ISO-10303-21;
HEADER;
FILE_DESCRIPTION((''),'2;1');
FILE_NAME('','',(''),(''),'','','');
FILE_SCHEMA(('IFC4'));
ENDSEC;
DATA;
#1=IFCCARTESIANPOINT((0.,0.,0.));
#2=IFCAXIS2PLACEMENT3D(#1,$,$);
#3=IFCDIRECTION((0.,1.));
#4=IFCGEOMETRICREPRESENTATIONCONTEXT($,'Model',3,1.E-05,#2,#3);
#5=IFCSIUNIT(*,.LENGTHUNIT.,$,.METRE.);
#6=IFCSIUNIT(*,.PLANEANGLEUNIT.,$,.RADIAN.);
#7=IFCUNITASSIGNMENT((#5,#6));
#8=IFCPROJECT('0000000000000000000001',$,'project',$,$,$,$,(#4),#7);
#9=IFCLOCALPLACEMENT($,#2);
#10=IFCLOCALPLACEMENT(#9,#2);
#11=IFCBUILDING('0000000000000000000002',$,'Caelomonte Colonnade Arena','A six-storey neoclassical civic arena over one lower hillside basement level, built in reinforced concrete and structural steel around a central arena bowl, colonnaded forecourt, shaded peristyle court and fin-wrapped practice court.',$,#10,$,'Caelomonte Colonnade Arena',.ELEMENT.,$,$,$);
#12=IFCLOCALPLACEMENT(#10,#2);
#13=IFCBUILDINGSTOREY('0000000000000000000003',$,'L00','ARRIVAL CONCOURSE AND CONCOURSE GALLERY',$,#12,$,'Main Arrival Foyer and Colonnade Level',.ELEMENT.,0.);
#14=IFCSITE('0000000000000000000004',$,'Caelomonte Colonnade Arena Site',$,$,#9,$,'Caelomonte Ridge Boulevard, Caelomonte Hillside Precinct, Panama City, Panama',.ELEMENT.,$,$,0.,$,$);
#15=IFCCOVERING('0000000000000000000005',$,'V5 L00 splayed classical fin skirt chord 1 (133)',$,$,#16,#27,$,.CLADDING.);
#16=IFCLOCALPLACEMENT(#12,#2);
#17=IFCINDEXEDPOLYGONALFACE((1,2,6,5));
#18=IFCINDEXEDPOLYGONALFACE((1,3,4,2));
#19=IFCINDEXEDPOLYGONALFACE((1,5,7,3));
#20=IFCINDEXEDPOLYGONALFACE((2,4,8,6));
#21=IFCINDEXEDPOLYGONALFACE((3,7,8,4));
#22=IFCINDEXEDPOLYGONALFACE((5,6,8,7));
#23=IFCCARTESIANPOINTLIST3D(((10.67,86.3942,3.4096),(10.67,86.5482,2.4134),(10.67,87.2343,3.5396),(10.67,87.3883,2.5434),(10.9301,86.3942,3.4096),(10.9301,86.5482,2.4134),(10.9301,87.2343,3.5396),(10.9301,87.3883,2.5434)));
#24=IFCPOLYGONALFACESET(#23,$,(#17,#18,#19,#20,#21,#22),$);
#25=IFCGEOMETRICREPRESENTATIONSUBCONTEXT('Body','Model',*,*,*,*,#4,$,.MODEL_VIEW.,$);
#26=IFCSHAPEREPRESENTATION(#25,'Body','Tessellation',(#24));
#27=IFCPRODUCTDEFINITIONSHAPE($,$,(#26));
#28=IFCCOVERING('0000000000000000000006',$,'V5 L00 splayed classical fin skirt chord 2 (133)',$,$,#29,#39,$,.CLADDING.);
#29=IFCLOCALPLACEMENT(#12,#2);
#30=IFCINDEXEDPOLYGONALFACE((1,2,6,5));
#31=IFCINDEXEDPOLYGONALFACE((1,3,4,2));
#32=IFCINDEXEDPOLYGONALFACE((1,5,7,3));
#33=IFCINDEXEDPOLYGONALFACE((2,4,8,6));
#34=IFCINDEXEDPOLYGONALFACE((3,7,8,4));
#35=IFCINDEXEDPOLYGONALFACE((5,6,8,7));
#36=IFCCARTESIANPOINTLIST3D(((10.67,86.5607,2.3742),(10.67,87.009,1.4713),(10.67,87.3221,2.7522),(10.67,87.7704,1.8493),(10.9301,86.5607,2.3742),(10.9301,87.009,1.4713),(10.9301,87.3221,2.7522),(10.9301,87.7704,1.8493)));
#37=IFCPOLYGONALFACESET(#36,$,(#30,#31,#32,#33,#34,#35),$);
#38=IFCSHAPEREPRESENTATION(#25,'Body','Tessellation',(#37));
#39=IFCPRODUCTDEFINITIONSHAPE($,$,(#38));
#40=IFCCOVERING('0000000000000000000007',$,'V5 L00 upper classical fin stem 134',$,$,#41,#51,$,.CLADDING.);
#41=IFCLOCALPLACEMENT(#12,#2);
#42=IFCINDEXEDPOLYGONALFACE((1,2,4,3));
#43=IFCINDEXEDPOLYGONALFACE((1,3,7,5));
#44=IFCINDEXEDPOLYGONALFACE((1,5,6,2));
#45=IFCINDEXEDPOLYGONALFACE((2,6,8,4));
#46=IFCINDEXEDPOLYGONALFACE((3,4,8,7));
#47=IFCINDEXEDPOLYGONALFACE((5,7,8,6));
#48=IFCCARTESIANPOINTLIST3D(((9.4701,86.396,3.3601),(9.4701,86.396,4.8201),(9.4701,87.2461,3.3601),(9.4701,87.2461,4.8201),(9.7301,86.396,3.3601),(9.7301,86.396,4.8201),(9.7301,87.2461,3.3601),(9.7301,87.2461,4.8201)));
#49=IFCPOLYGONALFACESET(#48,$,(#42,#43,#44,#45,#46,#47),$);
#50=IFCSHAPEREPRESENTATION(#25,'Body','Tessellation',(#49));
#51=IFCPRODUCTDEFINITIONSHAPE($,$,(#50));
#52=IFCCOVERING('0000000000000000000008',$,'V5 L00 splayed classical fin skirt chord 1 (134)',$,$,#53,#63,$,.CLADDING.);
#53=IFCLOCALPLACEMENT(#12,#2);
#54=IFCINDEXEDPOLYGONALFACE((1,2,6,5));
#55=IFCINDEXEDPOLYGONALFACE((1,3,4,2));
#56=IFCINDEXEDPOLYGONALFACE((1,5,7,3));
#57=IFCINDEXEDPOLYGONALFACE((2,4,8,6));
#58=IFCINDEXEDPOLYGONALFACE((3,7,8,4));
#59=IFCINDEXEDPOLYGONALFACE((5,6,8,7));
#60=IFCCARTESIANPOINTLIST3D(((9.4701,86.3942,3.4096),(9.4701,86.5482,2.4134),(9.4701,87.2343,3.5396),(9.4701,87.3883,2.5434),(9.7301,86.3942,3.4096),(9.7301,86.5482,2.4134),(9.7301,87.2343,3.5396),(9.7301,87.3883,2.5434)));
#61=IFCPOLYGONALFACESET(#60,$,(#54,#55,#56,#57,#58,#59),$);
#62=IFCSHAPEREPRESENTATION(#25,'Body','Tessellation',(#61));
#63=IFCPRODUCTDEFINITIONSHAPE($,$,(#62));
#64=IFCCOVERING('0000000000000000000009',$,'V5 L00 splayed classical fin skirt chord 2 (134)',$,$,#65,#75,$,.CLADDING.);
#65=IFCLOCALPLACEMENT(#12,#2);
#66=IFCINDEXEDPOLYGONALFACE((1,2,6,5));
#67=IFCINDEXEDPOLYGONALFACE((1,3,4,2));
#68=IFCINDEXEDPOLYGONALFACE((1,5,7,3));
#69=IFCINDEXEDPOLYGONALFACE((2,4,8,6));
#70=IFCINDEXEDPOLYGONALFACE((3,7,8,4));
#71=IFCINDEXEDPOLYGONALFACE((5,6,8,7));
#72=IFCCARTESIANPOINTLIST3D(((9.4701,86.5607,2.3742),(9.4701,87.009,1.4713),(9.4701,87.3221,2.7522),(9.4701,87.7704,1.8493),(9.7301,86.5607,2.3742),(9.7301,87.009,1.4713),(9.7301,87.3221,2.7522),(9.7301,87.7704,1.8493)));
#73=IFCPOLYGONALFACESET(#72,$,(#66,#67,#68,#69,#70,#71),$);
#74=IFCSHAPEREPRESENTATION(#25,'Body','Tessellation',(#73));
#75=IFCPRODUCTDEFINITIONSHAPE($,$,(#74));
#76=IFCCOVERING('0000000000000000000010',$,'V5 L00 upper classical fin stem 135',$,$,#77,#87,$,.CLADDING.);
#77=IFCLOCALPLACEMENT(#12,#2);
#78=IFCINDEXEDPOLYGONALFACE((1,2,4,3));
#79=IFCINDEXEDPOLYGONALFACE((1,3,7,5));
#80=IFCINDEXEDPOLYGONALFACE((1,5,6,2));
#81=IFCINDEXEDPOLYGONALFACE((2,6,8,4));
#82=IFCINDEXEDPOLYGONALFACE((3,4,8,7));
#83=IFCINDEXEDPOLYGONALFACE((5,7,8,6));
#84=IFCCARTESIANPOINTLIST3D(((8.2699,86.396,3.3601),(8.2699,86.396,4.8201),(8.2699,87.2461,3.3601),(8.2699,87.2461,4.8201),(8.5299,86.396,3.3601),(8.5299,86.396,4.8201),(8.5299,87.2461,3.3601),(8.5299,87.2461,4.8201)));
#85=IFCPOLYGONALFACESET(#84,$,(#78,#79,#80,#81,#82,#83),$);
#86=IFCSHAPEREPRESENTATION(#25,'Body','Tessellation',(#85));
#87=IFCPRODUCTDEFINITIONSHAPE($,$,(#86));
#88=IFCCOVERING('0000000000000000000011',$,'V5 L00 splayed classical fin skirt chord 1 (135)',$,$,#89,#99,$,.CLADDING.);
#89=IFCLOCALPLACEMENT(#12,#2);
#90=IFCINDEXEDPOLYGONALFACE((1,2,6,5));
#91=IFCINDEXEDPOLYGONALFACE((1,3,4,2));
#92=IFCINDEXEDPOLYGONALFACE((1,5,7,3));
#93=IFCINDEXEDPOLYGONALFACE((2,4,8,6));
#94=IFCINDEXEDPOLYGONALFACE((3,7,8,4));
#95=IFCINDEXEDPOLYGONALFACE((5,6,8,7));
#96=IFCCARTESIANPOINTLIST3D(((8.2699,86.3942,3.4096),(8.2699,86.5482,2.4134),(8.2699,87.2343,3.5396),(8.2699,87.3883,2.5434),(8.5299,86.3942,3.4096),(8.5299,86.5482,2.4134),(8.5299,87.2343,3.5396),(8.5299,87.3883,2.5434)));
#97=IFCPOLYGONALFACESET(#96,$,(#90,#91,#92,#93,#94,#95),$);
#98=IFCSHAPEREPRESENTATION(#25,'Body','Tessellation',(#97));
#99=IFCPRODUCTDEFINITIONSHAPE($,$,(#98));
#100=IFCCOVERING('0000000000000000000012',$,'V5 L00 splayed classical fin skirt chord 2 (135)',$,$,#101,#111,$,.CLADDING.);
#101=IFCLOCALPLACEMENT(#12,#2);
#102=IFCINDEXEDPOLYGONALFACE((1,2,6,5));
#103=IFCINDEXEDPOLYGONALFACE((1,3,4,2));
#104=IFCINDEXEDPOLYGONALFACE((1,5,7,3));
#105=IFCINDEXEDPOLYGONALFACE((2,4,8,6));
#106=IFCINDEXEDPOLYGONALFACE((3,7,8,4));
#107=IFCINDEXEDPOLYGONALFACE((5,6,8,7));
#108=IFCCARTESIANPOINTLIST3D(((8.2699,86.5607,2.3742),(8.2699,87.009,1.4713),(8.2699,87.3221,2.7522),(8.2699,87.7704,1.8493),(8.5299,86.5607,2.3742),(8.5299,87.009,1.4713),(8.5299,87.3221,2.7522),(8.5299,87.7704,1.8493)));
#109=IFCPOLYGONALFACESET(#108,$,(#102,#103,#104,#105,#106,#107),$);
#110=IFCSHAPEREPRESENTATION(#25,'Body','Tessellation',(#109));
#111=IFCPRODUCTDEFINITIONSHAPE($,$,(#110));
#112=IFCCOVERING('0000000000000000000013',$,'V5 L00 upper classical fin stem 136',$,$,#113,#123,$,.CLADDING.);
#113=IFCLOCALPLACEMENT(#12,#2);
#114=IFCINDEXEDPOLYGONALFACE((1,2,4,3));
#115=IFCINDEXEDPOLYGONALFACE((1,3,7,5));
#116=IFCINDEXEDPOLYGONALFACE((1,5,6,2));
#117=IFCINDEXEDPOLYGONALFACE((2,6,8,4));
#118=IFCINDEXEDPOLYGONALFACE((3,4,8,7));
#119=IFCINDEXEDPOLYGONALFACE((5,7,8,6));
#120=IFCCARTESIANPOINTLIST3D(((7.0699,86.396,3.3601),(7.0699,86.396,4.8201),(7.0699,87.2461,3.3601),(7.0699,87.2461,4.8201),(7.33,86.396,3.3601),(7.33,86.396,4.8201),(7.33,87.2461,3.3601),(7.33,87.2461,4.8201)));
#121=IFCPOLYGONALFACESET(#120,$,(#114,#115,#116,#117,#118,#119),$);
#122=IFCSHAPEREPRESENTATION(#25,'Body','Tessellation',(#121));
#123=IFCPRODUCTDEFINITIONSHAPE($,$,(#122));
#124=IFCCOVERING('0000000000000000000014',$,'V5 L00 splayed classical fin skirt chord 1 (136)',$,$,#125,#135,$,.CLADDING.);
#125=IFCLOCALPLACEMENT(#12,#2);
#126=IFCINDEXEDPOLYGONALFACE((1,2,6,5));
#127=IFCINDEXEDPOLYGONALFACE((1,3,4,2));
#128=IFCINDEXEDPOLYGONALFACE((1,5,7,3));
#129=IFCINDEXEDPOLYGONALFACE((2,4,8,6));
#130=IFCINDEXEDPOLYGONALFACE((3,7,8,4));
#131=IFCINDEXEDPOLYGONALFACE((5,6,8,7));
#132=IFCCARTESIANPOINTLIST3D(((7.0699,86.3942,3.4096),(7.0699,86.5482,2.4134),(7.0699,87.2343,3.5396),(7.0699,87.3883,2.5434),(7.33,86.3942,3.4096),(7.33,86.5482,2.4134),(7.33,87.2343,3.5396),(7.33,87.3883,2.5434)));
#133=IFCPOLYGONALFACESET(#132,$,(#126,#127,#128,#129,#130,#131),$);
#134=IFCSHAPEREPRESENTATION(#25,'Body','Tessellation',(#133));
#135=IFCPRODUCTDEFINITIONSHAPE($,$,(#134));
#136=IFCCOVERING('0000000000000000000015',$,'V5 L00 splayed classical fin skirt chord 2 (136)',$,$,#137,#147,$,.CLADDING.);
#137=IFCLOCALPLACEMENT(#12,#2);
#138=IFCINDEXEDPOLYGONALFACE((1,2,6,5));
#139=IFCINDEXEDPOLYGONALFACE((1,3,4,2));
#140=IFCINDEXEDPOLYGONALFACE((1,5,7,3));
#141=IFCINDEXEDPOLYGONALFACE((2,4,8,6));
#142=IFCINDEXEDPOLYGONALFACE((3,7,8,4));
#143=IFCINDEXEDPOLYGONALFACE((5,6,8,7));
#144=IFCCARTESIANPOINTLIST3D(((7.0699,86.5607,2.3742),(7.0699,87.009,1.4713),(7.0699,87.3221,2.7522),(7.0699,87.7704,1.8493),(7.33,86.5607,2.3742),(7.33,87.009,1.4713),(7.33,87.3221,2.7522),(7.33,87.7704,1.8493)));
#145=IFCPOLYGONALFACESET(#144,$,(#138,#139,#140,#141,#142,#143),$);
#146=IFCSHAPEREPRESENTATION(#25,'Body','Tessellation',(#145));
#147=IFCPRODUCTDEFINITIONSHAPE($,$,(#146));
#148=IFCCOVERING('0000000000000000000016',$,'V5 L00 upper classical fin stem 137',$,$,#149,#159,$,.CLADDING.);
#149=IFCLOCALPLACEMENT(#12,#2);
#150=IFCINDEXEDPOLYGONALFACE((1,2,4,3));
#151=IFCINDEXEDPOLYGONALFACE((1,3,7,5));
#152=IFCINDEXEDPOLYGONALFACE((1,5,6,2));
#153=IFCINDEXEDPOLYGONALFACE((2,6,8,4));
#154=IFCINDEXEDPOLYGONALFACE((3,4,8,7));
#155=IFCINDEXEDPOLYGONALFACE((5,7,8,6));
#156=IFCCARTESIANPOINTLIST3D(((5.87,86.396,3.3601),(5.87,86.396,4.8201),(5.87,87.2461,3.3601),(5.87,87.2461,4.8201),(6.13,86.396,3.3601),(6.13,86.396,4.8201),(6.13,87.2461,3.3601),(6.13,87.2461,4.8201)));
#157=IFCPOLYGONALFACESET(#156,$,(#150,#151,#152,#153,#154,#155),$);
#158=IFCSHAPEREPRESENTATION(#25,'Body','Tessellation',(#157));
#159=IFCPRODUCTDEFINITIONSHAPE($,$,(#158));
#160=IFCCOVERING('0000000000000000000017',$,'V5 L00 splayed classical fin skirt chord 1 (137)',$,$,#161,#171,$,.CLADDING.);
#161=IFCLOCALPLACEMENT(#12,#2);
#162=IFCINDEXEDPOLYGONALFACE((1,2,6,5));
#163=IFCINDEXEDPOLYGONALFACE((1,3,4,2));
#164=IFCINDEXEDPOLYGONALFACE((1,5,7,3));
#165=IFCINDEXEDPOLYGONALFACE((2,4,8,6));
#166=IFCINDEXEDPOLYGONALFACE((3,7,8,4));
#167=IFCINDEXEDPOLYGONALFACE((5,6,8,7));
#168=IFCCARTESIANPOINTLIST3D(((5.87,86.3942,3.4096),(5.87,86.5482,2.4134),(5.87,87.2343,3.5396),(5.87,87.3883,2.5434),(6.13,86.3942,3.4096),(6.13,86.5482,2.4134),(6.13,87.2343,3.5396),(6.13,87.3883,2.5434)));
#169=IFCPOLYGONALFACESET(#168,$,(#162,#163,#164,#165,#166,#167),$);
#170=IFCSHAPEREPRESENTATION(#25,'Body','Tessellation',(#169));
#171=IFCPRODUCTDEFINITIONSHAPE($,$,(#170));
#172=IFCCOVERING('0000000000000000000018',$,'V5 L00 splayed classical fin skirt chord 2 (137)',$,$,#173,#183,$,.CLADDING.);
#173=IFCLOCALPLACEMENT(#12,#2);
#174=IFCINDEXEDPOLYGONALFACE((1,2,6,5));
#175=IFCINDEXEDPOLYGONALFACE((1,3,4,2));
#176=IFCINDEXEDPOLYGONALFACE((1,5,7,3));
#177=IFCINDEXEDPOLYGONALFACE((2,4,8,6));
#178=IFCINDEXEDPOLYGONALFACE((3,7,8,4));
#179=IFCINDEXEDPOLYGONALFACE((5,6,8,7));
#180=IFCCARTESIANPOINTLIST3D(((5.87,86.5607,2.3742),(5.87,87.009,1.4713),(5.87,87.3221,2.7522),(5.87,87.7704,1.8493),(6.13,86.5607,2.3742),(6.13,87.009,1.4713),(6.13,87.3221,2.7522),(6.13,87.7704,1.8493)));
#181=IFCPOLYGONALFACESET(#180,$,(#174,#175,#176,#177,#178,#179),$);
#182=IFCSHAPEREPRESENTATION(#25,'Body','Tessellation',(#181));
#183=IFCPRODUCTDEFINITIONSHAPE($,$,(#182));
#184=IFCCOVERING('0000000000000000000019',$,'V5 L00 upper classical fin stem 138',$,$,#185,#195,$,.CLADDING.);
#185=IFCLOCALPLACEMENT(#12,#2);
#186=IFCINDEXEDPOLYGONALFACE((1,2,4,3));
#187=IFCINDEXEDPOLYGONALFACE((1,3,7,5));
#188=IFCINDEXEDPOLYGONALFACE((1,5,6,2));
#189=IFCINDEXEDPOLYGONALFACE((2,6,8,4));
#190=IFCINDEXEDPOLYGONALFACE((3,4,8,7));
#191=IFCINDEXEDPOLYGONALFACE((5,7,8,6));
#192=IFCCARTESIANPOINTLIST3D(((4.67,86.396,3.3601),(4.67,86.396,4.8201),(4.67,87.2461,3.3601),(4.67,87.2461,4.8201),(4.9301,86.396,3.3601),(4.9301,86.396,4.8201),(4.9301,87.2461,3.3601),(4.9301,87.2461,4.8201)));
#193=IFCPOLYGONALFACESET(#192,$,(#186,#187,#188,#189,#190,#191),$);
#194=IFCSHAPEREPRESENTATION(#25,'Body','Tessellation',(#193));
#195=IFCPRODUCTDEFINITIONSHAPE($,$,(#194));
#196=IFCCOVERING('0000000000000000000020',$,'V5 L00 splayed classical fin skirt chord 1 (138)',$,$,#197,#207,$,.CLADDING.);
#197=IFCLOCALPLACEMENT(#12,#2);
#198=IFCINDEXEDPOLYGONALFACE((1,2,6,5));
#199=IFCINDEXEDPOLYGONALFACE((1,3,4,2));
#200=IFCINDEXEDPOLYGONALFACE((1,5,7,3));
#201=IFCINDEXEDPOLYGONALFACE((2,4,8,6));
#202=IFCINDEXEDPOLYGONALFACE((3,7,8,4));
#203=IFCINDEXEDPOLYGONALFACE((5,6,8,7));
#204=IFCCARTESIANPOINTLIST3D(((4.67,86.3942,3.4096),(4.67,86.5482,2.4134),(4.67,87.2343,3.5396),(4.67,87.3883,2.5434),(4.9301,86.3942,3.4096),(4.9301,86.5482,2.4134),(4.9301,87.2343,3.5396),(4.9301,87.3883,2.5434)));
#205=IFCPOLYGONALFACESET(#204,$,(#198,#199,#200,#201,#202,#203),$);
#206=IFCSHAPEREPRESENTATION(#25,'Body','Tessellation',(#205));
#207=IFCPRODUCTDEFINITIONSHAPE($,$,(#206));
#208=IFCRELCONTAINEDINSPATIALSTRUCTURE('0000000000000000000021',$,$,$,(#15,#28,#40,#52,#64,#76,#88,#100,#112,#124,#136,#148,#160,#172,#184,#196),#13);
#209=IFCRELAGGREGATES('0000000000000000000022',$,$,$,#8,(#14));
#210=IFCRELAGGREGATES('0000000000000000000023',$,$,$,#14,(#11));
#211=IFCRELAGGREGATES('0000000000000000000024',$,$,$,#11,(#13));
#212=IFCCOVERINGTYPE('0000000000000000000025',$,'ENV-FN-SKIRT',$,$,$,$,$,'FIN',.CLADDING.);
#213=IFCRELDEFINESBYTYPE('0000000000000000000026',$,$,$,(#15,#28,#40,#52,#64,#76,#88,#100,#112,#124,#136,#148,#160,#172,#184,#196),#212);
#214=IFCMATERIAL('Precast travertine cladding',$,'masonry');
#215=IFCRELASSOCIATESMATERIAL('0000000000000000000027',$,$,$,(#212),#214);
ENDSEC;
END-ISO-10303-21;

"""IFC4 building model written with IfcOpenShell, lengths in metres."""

from ifc_helpers import new_model, si_unit, direction, frame, origin, origin_2d, place, context, subcontext, project, spatial, rectangle, extrude, material, material_profile, profile_set, type_object, element, save


model = new_model("IFC4")

# Units and contexts
model_context = context("Model", 3, precision=1e-05, world=origin(), true_north=direction((0.0, 1.0)))
body_context = subcontext(model_context, "Body", "Model", "MODEL_VIEW")
ifc_project = project(units=[si_unit("LENGTHUNIT", "METRE"), si_unit("PLANEANGLEUNIT", "RADIAN")], contexts=[model_context])

# Site, building, storey
site_placement = place(None, origin())
site = spatial("IfcSite", under=ifc_project, at=site_placement, Name="Caelomonte Colonnade Arena Site", LongName="Caelomonte Ridge Boulevard, Caelomonte Hillside Precinct, Panama City, Panama", CompositionType="ELEMENT", RefElevation=0.0)
building_placement = place(site_placement, origin())
building = spatial("IfcBuilding", under=site, at=building_placement, Name="Caelomonte Colonnade Arena", Description="A six-storey neoclassical civic arena over one lower hillside basement level, built in reinforced concrete and structural steel around a central arena bowl, colonnaded forecourt, shaded peristyle court and fin-wrapped practice court.", LongName="Caelomonte Colonnade Arena", CompositionType="ELEMENT")
storey_placement = place(building_placement, origin())
storey = spatial("IfcBuildingStorey", under=building, at=storey_placement, Name="L00", Description="ARRIVAL CONCOURSE AND CONCOURSE GALLERY", LongName="Main Arrival Foyer and Colonnade Level", CompositionType="ELEMENT", Elevation=0.0)

# Coverings
ifc_material_1 = material(Name="Precast travertine cladding", Category="masonry")
ifc_material_profile_1 = material_profile(ifc_material_1, rectangle(XDim=0.26, YDim=0.8501, at=origin_2d()), Name="FIN260X850")
ifc_profile_set_1 = profile_set([ifc_material_profile_1], Name="Precast travertine cladding")
covering_type = type_object("IfcCoveringType", Name="ENV-FN-SKIRT", ElementType="FIN", PredefinedType="CLADDING", material=ifc_profile_set_1)
for number, where, z_axis, x_axis, name in (
    (1, (10.8, 86.8142, 3.4746), (0.0, 0.15284, -0.988251), (-1.0, 0.0, 0.0), "V5 L00 splayed classical fin skirt chord 1 (133)"),
    (2, (10.8, 86.9414, 2.5632), (0.0, 0.444693, -0.895683), (-1.0, 0.0, 0.0), "V5 L00 splayed classical fin skirt chord 2 (133)"),
):
    element("IfcCovering", number, at=place(storey_placement, frame(where, z_axis=z_axis, x_axis=x_axis)), inside=storey, type_object=covering_type, Name=name, PredefinedType="CLADDING", context=body_context, shape_type="SweptSolid", body=[
        extrude(rectangle(XDim=0.26, YDim=0.8501, at=origin_2d()), origin(), (0.0, 0.0, 1.0), 1.0081),
    ])
covering_1_placement = place(storey_placement, frame((9.6001, 86.821, 3.3601), z_axis=(0.0, 0.0, 1.0), x_axis=(1.0, 0.0, 0.0)))
element("IfcCovering", 3, at=covering_1_placement, inside=storey, type_object=covering_type, Name="V5 L00 upper classical fin stem 134", PredefinedType="CLADDING", context=body_context, shape_type="SweptSolid", body=[
    extrude(rectangle(XDim=0.26, YDim=0.8501, at=origin_2d()), origin(), (0.0, 0.0, 1.0), 1.46),
])
for number, where, z_axis, x_axis, name in (
    (4, (9.6001, 86.8142, 3.4746), (0.0, 0.15284, -0.988251), (-1.0, 0.0, 0.0), "V5 L00 splayed classical fin skirt chord 1 (134)"),
    (5, (9.6001, 86.9414, 2.5632), (0.0, 0.444693, -0.895683), (-1.0, 0.0, 0.0), "V5 L00 splayed classical fin skirt chord 2 (134)"),
):
    element("IfcCovering", number, at=place(storey_placement, frame(where, z_axis=z_axis, x_axis=x_axis)), inside=storey, type_object=covering_type, Name=name, PredefinedType="CLADDING", context=body_context, shape_type="SweptSolid", body=[
        extrude(rectangle(XDim=0.26, YDim=0.8501, at=origin_2d()), origin(), (0.0, 0.0, 1.0), 1.0081),
    ])
covering_2_placement = place(storey_placement, frame((8.3999, 86.821, 3.3601), z_axis=(0.0, 0.0, 1.0), x_axis=(1.0, 0.0, 0.0)))
element("IfcCovering", 6, at=covering_2_placement, inside=storey, type_object=covering_type, Name="V5 L00 upper classical fin stem 135", PredefinedType="CLADDING", context=body_context, shape_type="SweptSolid", body=[
    extrude(rectangle(XDim=0.26, YDim=0.8501, at=origin_2d()), origin(), (0.0, 0.0, 1.0), 1.46),
])
for number, where, z_axis, x_axis, name in (
    (7, (8.3999, 86.8142, 3.4746), (0.0, 0.15284, -0.988251), (-1.0, 0.0, 0.0), "V5 L00 splayed classical fin skirt chord 1 (135)"),
    (8, (8.3999, 86.9414, 2.5632), (0.0, 0.444693, -0.895683), (-1.0, 0.0, 0.0), "V5 L00 splayed classical fin skirt chord 2 (135)"),
):
    element("IfcCovering", number, at=place(storey_placement, frame(where, z_axis=z_axis, x_axis=x_axis)), inside=storey, type_object=covering_type, Name=name, PredefinedType="CLADDING", context=body_context, shape_type="SweptSolid", body=[
        extrude(rectangle(XDim=0.26, YDim=0.8501, at=origin_2d()), origin(), (0.0, 0.0, 1.0), 1.0081),
    ])
covering_3_placement = place(storey_placement, frame((7.2, 86.821, 3.3601), z_axis=(0.0, 0.0, 1.0), x_axis=(1.0, 0.0, 0.0)))
element("IfcCovering", 9, at=covering_3_placement, inside=storey, type_object=covering_type, Name="V5 L00 upper classical fin stem 136", PredefinedType="CLADDING", context=body_context, shape_type="SweptSolid", body=[
    extrude(rectangle(XDim=0.26, YDim=0.8501, at=origin_2d()), origin(), (0.0, 0.0, 1.0), 1.46),
])
for number, where, z_axis, x_axis, name in (
    (10, (7.2, 86.8142, 3.4746), (0.0, 0.15284, -0.988251), (-1.0, 0.0, 0.0), "V5 L00 splayed classical fin skirt chord 1 (136)"),
    (11, (7.2, 86.9414, 2.5632), (0.0, 0.444693, -0.895683), (-1.0, 0.0, 0.0), "V5 L00 splayed classical fin skirt chord 2 (136)"),
):
    element("IfcCovering", number, at=place(storey_placement, frame(where, z_axis=z_axis, x_axis=x_axis)), inside=storey, type_object=covering_type, Name=name, PredefinedType="CLADDING", context=body_context, shape_type="SweptSolid", body=[
        extrude(rectangle(XDim=0.26, YDim=0.8501, at=origin_2d()), origin(), (0.0, 0.0, 1.0), 1.0081),
    ])
covering_4_placement = place(storey_placement, frame((6.0, 86.821, 3.3601), z_axis=(0.0, 0.0, 1.0), x_axis=(1.0, 0.0, 0.0)))
element("IfcCovering", 12, at=covering_4_placement, inside=storey, type_object=covering_type, Name="V5 L00 upper classical fin stem 137", PredefinedType="CLADDING", context=body_context, shape_type="SweptSolid", body=[
    extrude(rectangle(XDim=0.26, YDim=0.8501, at=origin_2d()), origin(), (0.0, 0.0, 1.0), 1.46),
])
for number, where, z_axis, x_axis, name in (
    (13, (6.0, 86.8142, 3.4746), (0.0, 0.15284, -0.988251), (-1.0, 0.0, 0.0), "V5 L00 splayed classical fin skirt chord 1 (137)"),
    (14, (6.0, 86.9414, 2.5632), (0.0, 0.444693, -0.895683), (-1.0, 0.0, 0.0), "V5 L00 splayed classical fin skirt chord 2 (137)"),
):
    element("IfcCovering", number, at=place(storey_placement, frame(where, z_axis=z_axis, x_axis=x_axis)), inside=storey, type_object=covering_type, Name=name, PredefinedType="CLADDING", context=body_context, shape_type="SweptSolid", body=[
        extrude(rectangle(XDim=0.26, YDim=0.8501, at=origin_2d()), origin(), (0.0, 0.0, 1.0), 1.0081),
    ])
covering_5_placement = place(storey_placement, frame((4.8, 86.821, 3.3601), z_axis=(0.0, 0.0, 1.0), x_axis=(1.0, 0.0, 0.0)))
element("IfcCovering", 15, at=covering_5_placement, inside=storey, type_object=covering_type, Name="V5 L00 upper classical fin stem 138", PredefinedType="CLADDING", context=body_context, shape_type="SweptSolid", body=[
    extrude(rectangle(XDim=0.26, YDim=0.8501, at=origin_2d()), origin(), (0.0, 0.0, 1.0), 1.46),
])
for number, where, z_axis, x_axis, name in (
    (16, (4.8, 86.8142, 3.4746), (0.0, 0.15284, -0.988251), (-1.0, 0.0, 0.0), "V5 L00 splayed classical fin skirt chord 1 (138)"),
):
    element("IfcCovering", number, at=place(storey_placement, frame(where, z_axis=z_axis, x_axis=x_axis)), inside=storey, type_object=covering_type, Name=name, PredefinedType="CLADDING", context=body_context, shape_type="SweptSolid", body=[
        extrude(rectangle(XDim=0.26, YDim=0.8501, at=origin_2d()), origin(), (0.0, 0.0, 1.0), 1.0081),
    ])

save(model, "model.ifc")
